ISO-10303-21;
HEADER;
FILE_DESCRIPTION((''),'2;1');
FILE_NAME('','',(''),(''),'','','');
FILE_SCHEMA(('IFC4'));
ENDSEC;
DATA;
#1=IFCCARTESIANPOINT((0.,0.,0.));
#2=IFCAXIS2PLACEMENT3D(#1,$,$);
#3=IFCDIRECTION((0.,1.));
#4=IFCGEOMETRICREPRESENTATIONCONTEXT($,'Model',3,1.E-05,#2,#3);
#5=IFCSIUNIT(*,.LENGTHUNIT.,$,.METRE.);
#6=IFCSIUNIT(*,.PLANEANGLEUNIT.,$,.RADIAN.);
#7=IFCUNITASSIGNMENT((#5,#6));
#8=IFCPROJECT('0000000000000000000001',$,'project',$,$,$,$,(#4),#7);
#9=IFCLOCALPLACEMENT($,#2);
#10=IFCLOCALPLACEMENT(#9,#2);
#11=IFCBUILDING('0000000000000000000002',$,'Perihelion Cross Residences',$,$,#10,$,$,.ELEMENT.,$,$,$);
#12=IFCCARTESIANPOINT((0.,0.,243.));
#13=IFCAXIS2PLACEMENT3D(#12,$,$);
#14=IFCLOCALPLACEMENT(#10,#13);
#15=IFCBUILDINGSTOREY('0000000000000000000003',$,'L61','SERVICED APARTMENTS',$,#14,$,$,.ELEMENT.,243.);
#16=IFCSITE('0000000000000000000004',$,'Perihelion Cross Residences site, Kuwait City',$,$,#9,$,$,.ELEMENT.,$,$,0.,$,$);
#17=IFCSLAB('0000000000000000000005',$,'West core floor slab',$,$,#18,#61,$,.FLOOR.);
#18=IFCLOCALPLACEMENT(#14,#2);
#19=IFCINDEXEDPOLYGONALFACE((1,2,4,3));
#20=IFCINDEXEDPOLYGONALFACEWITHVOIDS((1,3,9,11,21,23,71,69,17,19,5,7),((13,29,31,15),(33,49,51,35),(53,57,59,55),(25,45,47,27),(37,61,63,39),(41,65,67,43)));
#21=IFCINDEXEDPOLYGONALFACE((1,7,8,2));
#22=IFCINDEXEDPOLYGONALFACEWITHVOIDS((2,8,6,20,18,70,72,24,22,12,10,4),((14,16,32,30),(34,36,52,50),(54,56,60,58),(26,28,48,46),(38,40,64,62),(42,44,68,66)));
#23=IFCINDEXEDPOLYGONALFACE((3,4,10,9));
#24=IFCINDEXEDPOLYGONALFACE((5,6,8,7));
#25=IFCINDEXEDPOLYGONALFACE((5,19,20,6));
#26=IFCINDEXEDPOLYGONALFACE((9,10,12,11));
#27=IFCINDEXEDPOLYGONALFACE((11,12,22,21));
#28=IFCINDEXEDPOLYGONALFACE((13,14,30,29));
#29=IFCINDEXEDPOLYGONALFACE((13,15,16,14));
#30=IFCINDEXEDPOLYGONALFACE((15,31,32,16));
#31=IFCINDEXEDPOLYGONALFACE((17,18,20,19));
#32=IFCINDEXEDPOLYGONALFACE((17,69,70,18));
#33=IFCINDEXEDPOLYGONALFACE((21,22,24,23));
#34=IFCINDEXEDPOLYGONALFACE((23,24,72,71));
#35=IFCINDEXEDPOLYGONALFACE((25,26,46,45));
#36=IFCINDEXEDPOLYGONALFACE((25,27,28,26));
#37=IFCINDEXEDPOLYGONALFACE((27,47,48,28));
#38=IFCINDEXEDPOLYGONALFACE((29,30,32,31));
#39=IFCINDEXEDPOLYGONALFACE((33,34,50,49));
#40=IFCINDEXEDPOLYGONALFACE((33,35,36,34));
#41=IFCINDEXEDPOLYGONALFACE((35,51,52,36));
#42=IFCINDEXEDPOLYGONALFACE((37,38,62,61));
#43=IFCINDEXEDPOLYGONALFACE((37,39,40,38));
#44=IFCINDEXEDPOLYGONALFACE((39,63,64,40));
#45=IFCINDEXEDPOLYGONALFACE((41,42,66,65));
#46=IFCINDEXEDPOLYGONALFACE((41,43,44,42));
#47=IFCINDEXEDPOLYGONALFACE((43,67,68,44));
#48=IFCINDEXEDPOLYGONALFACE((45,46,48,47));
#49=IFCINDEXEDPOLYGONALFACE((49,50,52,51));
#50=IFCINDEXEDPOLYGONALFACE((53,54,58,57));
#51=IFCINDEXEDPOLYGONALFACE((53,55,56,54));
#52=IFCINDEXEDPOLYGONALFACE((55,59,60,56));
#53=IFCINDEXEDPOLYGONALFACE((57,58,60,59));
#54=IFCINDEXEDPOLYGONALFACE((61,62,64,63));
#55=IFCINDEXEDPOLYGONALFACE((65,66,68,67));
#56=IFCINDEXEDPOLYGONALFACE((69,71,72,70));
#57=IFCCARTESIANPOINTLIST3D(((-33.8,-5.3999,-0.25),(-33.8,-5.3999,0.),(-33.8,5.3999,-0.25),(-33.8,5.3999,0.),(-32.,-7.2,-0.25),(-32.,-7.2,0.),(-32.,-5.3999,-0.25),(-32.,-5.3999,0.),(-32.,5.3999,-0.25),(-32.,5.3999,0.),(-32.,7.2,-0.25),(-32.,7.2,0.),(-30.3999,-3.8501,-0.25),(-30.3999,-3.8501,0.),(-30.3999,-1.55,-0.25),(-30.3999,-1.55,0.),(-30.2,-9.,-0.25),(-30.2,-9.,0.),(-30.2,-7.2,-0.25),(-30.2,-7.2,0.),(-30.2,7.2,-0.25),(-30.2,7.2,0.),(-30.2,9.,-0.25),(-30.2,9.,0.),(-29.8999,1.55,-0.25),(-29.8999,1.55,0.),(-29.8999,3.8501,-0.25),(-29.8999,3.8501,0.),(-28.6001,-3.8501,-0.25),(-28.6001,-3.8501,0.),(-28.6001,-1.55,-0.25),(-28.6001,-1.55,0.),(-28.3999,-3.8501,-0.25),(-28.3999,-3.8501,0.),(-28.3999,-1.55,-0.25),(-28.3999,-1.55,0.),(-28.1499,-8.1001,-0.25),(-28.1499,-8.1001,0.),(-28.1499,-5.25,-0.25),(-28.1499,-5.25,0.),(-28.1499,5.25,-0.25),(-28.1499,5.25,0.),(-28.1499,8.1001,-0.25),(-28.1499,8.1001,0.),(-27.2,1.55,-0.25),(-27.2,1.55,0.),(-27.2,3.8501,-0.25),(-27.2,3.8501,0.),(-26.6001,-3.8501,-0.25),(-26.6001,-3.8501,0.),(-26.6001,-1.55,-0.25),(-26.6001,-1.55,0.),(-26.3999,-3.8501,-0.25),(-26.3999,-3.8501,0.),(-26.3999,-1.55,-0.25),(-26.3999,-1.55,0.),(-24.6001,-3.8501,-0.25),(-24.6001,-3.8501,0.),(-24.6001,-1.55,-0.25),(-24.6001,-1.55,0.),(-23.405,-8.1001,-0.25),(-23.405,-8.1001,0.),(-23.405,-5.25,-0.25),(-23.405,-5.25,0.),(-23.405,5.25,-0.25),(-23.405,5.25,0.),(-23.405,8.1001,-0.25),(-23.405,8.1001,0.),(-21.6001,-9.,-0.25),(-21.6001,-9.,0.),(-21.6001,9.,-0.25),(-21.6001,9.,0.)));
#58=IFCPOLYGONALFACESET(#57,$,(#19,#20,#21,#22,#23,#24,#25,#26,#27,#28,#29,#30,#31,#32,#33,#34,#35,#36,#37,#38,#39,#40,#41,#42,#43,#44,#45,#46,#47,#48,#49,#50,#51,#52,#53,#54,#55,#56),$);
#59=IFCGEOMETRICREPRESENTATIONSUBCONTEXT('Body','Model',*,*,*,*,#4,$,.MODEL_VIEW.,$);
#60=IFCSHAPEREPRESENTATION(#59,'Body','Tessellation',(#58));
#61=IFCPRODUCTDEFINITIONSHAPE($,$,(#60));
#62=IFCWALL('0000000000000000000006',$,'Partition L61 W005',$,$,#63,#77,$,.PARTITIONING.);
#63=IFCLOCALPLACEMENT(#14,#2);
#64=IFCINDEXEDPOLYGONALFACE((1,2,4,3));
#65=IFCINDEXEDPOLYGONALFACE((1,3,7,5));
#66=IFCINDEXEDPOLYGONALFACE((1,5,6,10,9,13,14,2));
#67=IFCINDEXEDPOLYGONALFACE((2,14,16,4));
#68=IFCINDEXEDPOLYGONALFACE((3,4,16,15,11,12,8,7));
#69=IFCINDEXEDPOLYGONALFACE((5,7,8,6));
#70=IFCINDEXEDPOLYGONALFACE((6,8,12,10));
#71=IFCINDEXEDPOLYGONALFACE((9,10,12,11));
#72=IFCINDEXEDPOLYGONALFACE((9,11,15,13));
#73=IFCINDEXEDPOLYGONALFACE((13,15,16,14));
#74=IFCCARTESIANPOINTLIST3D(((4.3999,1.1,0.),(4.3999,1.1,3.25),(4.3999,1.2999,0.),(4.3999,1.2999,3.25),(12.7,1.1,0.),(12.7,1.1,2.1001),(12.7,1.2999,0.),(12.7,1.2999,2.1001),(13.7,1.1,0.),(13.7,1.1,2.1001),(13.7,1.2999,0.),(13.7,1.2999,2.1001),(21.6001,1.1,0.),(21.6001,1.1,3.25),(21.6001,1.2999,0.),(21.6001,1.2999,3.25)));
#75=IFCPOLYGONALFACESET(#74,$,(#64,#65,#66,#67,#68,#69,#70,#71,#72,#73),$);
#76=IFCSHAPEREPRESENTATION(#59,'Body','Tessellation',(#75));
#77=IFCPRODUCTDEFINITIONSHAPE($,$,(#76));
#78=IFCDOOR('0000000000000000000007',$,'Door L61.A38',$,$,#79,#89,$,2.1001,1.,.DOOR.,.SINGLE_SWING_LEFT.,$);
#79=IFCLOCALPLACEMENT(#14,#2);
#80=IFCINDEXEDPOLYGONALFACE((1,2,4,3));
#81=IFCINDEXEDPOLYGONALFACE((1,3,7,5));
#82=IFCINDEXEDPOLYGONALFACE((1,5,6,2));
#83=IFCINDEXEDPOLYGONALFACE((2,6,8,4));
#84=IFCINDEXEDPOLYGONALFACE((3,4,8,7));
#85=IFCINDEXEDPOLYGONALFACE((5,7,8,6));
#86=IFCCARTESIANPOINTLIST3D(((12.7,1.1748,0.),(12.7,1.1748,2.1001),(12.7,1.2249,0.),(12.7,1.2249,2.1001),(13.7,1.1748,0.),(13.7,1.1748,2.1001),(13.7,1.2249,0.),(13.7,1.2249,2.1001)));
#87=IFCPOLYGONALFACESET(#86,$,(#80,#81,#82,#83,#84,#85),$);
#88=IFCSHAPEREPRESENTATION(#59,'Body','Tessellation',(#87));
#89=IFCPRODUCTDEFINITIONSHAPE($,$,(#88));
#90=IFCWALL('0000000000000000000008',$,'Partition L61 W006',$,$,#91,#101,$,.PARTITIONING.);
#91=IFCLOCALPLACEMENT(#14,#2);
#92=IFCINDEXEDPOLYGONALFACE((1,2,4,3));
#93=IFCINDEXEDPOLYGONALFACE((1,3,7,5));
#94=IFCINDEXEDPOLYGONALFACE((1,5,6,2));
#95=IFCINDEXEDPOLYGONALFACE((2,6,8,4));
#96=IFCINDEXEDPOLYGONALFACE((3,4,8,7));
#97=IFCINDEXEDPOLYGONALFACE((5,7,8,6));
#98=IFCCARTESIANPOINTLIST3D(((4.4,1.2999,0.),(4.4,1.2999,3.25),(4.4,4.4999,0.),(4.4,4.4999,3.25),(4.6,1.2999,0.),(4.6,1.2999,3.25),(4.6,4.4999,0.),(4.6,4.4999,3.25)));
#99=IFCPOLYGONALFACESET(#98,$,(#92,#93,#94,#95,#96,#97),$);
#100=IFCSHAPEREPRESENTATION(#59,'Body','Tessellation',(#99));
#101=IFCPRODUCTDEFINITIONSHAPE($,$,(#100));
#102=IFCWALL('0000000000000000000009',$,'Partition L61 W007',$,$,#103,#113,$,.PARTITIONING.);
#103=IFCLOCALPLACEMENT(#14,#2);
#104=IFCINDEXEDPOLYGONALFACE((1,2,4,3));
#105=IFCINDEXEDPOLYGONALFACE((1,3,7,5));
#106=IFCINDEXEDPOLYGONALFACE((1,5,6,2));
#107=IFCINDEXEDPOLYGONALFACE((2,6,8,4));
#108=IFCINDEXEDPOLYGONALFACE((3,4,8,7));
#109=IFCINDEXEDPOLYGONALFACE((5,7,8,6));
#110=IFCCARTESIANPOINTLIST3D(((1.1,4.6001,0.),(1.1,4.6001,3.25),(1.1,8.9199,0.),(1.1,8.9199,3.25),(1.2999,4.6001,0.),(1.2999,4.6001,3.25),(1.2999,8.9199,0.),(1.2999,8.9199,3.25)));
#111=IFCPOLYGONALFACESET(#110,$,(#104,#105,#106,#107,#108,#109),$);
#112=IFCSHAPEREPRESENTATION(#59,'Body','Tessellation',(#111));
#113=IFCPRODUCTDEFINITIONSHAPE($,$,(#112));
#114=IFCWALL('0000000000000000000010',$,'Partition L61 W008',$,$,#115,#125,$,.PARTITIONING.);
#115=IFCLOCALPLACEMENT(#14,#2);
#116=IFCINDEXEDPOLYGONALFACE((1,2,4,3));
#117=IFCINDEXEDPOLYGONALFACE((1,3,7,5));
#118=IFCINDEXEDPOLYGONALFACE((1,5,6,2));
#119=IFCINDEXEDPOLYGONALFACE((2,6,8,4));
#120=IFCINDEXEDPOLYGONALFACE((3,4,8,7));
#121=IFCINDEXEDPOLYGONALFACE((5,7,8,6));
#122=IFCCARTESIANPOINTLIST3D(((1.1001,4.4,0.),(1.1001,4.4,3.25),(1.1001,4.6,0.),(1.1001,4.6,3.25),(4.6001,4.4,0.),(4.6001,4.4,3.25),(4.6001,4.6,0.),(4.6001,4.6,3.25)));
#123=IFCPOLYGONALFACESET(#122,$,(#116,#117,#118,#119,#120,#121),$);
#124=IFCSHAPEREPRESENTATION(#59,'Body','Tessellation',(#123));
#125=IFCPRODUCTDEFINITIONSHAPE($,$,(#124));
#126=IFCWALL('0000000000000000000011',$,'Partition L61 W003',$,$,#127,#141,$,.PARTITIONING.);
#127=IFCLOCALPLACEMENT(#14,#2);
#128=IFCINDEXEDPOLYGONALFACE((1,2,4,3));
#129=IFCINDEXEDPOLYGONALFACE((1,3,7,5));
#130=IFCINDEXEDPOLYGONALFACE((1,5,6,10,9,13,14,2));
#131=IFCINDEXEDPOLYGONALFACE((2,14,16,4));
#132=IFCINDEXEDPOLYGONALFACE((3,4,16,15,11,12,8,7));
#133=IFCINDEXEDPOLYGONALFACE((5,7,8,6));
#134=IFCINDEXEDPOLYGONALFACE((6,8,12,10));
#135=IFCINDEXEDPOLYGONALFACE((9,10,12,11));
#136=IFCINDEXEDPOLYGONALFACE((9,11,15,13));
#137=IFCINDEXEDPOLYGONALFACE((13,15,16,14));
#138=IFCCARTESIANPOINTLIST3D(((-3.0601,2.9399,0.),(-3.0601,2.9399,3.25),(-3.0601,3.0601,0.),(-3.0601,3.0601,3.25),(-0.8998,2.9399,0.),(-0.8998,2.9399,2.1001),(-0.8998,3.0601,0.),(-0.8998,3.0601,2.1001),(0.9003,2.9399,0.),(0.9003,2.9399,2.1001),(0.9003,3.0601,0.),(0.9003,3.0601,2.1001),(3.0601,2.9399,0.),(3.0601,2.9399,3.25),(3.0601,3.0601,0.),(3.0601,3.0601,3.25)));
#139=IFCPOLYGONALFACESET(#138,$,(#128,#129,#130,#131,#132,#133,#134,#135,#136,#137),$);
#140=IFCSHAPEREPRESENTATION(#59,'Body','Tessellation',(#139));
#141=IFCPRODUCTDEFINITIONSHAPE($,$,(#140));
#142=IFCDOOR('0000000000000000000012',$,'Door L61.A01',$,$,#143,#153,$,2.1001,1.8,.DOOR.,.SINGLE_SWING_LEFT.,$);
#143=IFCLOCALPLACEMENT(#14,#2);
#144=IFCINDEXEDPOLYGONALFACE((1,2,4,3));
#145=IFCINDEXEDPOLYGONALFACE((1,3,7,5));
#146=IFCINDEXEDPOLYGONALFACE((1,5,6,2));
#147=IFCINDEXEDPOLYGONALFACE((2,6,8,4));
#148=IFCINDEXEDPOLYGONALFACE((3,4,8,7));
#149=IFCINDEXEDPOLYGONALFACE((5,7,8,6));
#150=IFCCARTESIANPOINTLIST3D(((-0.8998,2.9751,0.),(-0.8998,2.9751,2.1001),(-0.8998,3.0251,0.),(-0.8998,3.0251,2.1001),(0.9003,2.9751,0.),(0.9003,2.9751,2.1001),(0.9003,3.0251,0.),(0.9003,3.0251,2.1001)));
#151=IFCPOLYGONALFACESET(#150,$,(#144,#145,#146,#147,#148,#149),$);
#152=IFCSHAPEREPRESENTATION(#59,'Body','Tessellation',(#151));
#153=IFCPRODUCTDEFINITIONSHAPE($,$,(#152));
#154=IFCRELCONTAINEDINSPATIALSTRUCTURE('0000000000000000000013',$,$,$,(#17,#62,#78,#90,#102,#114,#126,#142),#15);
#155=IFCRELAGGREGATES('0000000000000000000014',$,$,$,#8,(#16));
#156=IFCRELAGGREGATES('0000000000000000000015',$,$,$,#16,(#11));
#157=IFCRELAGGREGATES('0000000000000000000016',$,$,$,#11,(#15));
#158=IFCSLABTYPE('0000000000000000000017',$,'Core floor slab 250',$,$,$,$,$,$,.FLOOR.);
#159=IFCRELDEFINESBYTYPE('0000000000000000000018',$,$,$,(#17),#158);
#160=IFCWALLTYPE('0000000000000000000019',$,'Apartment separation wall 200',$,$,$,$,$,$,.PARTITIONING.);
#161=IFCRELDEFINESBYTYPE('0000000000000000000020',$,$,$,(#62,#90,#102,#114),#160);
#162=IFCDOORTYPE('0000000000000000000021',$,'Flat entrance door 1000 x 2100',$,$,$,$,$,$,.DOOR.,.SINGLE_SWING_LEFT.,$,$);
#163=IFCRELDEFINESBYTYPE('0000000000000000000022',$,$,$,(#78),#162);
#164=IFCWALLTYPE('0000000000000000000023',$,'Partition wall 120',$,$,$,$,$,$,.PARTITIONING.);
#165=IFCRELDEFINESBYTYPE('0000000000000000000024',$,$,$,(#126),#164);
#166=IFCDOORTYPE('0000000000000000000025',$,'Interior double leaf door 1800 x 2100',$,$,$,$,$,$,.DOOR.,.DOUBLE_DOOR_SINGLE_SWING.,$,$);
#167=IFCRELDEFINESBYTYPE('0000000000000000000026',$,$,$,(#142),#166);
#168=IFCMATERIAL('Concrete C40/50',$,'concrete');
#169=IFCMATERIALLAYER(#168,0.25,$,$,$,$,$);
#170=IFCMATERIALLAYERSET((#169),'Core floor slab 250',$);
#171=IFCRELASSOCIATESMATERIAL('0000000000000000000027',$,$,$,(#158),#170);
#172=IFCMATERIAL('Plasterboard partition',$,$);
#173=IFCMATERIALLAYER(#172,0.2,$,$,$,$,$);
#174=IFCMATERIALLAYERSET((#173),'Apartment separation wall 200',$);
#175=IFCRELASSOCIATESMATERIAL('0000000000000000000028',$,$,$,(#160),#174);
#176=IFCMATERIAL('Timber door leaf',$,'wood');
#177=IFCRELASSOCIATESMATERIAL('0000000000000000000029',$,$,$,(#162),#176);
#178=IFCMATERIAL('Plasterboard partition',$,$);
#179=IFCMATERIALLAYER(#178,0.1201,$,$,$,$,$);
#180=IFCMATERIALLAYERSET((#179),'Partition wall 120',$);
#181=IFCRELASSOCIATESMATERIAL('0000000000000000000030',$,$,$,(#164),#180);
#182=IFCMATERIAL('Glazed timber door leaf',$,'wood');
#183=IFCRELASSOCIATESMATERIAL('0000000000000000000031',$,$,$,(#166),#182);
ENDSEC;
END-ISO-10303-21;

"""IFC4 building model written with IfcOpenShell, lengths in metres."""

from ifc_helpers import new_model, si_unit, direction, frame, frame_2d, origin, place, context, subcontext, project, spatial, polyline, rectangle, outline, extrude, material, layer, layer_set, type_object, element, fill, save


model = new_model("IFC4")

# Units and contexts
model_context = context("Model", 3, precision=1e-05, world=origin(), true_north=direction((0.0, 1.0)))
body_context = subcontext(model_context, "Body", "Model", "MODEL_VIEW")
ifc_project = project(units=[si_unit("LENGTHUNIT", "METRE"), si_unit("PLANEANGLEUNIT", "RADIAN")], contexts=[model_context])

# Site, building, storey
site_placement = place(None, origin())
site = spatial("IfcSite", under=ifc_project, at=site_placement, Name="Perihelion Cross Residences site, Kuwait City", CompositionType="ELEMENT", RefElevation=0.0)
building_placement = place(site_placement, origin())
building = spatial("IfcBuilding", under=site, at=building_placement, Name="Perihelion Cross Residences", CompositionType="ELEMENT")
storey_placement = place(building_placement, frame((0.0, 0.0, 243.0)))
storey = spatial("IfcBuildingStorey", under=building, at=storey_placement, Name="L61", Description="SERVICED APARTMENTS", CompositionType="ELEMENT", Elevation=243.0)

# Slab
ifc_material_1 = material(Name="Concrete C40/50", Category="concrete")
ifc_layer_1 = layer(ifc_material_1, 0.25)
ifc_layer_set_1 = layer_set([ifc_layer_1], Name="Core floor slab 250")
slab_type = type_object("IfcSlabType", Name="Core floor slab 250", PredefinedType="FLOOR", material=ifc_layer_set_1)
slab_1_placement = place(storey_placement, frame((0.0, 0.0, -0.25)))
element("IfcSlab", 1, at=slab_1_placement, inside=storey, type_object=slab_type, Name="West core floor slab", PredefinedType="FLOOR", context=body_context, shape_type="SweptSolid", body=[
    extrude(outline(polyline([(-30.2, 7.2), (-32.0, 7.2), (-32.0, 5.3999), (-33.8, 5.3999), (-33.8, -5.3999), (-32.0, -5.3999), (-32.0, -7.2), (-30.2, -7.2), (-30.2, -9.0), (-21.6001, -9.0), (-21.6001, 9.0), (-30.2, 9.0), (-30.2, 7.2)]), holes=[polyline([(-28.1499, -8.1001), (-28.1499, -5.25), (-23.405, -5.25), (-23.405, -8.1001), (-28.1499, -8.1001)]), polyline([(-24.6001, -1.55), (-24.6001, -3.8501), (-26.3999, -3.8501), (-26.3999, -1.55), (-24.6001, -1.55)]), polyline([(-26.6001, -1.55), (-26.6001, -3.8501), (-28.3999, -3.8501), (-28.3999, -1.55), (-26.6001, -1.55)]), polyline([(-28.6001, -3.8501), (-30.3999, -3.8501), (-30.3999, -1.55), (-28.6001, -1.55), (-28.6001, -3.8501)]), polyline([(-27.2, 3.8501), (-27.2, 1.55), (-29.8999, 1.55), (-29.8999, 3.8501), (-27.2, 3.8501)]), polyline([(-23.405, 5.25), (-28.1499, 5.25), (-28.1499, 8.1001), (-23.405, 8.1001), (-23.405, 5.25)])]), origin(), (0.0, 0.0, 1.0), 0.25),
])

# Wall, opening, door
ifc_material_2 = material(Name="Plasterboard partition")
ifc_layer_2 = layer(ifc_material_2, 0.2)
ifc_layer_set_2 = layer_set([ifc_layer_2], Name="Apartment separation wall 200")
wall_type_1 = type_object("IfcWallType", Name="Apartment separation wall 200", PredefinedType="PARTITIONING", material=ifc_layer_set_2)
wall_1_placement = place(storey_placement, frame((4.3999, 1.2, 0.0), z_axis=(0.0, 0.0, 1.0), x_axis=(1.0, 0.0, 0.0)))
wall_1 = element("IfcWall", 2, at=wall_1_placement, inside=storey, type_object=wall_type_1, Name="Partition L61 W005", PredefinedType="PARTITIONING", context=body_context, shape_type="SweptSolid", body=[
    extrude(rectangle(XDim=17.2002, YDim=0.2, at=frame_2d((8.6001, 0.0))), origin(), (0.0, 0.0, 1.0), 3.25),
])
opening_1_placement = place(wall_1_placement, frame((8.3, 0.0, 0.0)))
opening_1 = element("IfcOpeningElement", 3, at=opening_1_placement, cuts=wall_1, PredefinedType="OPENING", context=body_context, shape_type="SweptSolid", body=[
    extrude(rectangle(XDim=1.0, YDim=2.1001, at=frame_2d((0.5, 1.05))), frame((0.0, 0.1099, 0.0), z_axis=(0.0, -1.0, 0.0), x_axis=(1.0, 0.0, 0.0)), (0.0, 0.0, 1.0), 0.22),
])
ifc_material_3 = material(Name="Timber door leaf", Category="wood")
door_type_1 = type_object("IfcDoorType", Name="Flat entrance door 1000 x 2100", OperationType="SINGLE_SWING_LEFT", PredefinedType="DOOR", material=ifc_material_3)
door_1_placement = place(opening_1_placement, origin())
door_1 = element("IfcDoor", 4, at=door_1_placement, inside=storey, type_object=door_type_1, Name="Door L61.A38", OperationType="SINGLE_SWING_LEFT", OverallHeight=2.1001, OverallWidth=1.0, PredefinedType="DOOR", context=body_context, shape_type="SweptSolid", body=[
    extrude(rectangle(XDim=1.0, YDim=2.1001, at=frame_2d((0.5, 1.05))), frame((0.0, 0.0249, 0.0), z_axis=(0.0, -1.0, 0.0), x_axis=(1.0, 0.0, 0.0)), (0.0, 0.0, 1.0), 0.05),
])
fill(opening_1, door_1)

# Walls
wall_2_placement = place(storey_placement, frame((4.5, 4.5, 0.0), z_axis=(0.0, 0.0, 1.0), x_axis=(0.0, -1.0, 0.0)))
element("IfcWall", 5, at=wall_2_placement, inside=storey, type_object=wall_type_1, Name="Partition L61 W006", PredefinedType="PARTITIONING", context=body_context, shape_type="SweptSolid", body=[
    extrude(rectangle(XDim=3.2, YDim=0.2, at=frame_2d((1.6001, 0.0))), origin(), (0.0, 0.0, 1.0), 3.25),
])
wall_3_placement = place(storey_placement, frame((1.2, 8.9199, 0.0), z_axis=(0.0, 0.0, 1.0), x_axis=(0.0, -1.0, 0.0)))
element("IfcWall", 6, at=wall_3_placement, inside=storey, type_object=wall_type_1, Name="Partition L61 W007", PredefinedType="PARTITIONING", context=body_context, shape_type="SweptSolid", body=[
    extrude(rectangle(XDim=4.3198, YDim=0.2, at=frame_2d((2.1599, 0.0))), origin(), (0.0, 0.0, 1.0), 3.25),
])
wall_4_placement = place(storey_placement, frame((1.1001, 4.5, 0.0), z_axis=(0.0, 0.0, 1.0), x_axis=(1.0, 0.0, 0.0)))
element("IfcWall", 7, at=wall_4_placement, inside=storey, type_object=wall_type_1, Name="Partition L61 W008", PredefinedType="PARTITIONING", context=body_context, shape_type="SweptSolid", body=[
    extrude(rectangle(XDim=3.5, YDim=0.2, at=frame_2d((1.75, 0.0))), origin(), (0.0, 0.0, 1.0), 3.25),
])

# Wall, opening, door
ifc_material_4 = material(Name="Plasterboard partition")
ifc_layer_3 = layer(ifc_material_4, 0.1201)
ifc_layer_set_3 = layer_set([ifc_layer_3], Name="Partition wall 120")
wall_type_2 = type_object("IfcWallType", Name="Partition wall 120", PredefinedType="PARTITIONING", material=ifc_layer_set_3)
wall_5_placement = place(storey_placement, frame((3.0601, 3.0, 0.0), z_axis=(0.0, 0.0, 1.0), x_axis=(-1.0, 0.0, 0.0)))
wall_5 = element("IfcWall", 8, at=wall_5_placement, inside=storey, type_object=wall_type_2, Name="Partition L61 W003", PredefinedType="PARTITIONING", context=body_context, shape_type="SweptSolid", body=[
    extrude(rectangle(XDim=6.1201, YDim=0.1201, at=frame_2d((3.0601, 0.0))), origin(), (0.0, 0.0, 1.0), 3.25),
])
opening_2_placement = place(wall_5_placement, frame((2.1599, 0.0, 0.0)))
opening_2 = element("IfcOpeningElement", 9, at=opening_2_placement, cuts=wall_5, PredefinedType="OPENING", context=body_context, shape_type="SweptSolid", body=[
    extrude(rectangle(XDim=1.8, YDim=2.1001, at=frame_2d((0.8999, 1.05))), frame((0.0, 0.0701, 0.0), z_axis=(0.0, -1.0, 0.0), x_axis=(1.0, 0.0, 0.0)), (0.0, 0.0, 1.0), 0.1401),
])
ifc_material_5 = material(Name="Glazed timber door leaf", Category="wood")
door_type_2 = type_object("IfcDoorType", Name="Interior double leaf door 1800 x 2100", OperationType="DOUBLE_DOOR_SINGLE_SWING", PredefinedType="DOOR", material=ifc_material_5)
door_2_placement = place(opening_2_placement, origin())
door_2 = element("IfcDoor", 10, at=door_2_placement, inside=storey, type_object=door_type_2, Name="Door L61.A01", OperationType="SINGLE_SWING_LEFT", OverallHeight=2.1001, OverallWidth=1.8, PredefinedType="DOOR", context=body_context, shape_type="SweptSolid", body=[
    extrude(rectangle(XDim=1.8, YDim=2.1001, at=frame_2d((0.8999, 1.05))), frame((0.0, 0.0249, 0.0), z_axis=(0.0, -1.0, 0.0), x_axis=(1.0, 0.0, 0.0)), (0.0, 0.0, 1.0), 0.05),
])
fill(opening_2, door_2)

save(model, "model.ifc")
